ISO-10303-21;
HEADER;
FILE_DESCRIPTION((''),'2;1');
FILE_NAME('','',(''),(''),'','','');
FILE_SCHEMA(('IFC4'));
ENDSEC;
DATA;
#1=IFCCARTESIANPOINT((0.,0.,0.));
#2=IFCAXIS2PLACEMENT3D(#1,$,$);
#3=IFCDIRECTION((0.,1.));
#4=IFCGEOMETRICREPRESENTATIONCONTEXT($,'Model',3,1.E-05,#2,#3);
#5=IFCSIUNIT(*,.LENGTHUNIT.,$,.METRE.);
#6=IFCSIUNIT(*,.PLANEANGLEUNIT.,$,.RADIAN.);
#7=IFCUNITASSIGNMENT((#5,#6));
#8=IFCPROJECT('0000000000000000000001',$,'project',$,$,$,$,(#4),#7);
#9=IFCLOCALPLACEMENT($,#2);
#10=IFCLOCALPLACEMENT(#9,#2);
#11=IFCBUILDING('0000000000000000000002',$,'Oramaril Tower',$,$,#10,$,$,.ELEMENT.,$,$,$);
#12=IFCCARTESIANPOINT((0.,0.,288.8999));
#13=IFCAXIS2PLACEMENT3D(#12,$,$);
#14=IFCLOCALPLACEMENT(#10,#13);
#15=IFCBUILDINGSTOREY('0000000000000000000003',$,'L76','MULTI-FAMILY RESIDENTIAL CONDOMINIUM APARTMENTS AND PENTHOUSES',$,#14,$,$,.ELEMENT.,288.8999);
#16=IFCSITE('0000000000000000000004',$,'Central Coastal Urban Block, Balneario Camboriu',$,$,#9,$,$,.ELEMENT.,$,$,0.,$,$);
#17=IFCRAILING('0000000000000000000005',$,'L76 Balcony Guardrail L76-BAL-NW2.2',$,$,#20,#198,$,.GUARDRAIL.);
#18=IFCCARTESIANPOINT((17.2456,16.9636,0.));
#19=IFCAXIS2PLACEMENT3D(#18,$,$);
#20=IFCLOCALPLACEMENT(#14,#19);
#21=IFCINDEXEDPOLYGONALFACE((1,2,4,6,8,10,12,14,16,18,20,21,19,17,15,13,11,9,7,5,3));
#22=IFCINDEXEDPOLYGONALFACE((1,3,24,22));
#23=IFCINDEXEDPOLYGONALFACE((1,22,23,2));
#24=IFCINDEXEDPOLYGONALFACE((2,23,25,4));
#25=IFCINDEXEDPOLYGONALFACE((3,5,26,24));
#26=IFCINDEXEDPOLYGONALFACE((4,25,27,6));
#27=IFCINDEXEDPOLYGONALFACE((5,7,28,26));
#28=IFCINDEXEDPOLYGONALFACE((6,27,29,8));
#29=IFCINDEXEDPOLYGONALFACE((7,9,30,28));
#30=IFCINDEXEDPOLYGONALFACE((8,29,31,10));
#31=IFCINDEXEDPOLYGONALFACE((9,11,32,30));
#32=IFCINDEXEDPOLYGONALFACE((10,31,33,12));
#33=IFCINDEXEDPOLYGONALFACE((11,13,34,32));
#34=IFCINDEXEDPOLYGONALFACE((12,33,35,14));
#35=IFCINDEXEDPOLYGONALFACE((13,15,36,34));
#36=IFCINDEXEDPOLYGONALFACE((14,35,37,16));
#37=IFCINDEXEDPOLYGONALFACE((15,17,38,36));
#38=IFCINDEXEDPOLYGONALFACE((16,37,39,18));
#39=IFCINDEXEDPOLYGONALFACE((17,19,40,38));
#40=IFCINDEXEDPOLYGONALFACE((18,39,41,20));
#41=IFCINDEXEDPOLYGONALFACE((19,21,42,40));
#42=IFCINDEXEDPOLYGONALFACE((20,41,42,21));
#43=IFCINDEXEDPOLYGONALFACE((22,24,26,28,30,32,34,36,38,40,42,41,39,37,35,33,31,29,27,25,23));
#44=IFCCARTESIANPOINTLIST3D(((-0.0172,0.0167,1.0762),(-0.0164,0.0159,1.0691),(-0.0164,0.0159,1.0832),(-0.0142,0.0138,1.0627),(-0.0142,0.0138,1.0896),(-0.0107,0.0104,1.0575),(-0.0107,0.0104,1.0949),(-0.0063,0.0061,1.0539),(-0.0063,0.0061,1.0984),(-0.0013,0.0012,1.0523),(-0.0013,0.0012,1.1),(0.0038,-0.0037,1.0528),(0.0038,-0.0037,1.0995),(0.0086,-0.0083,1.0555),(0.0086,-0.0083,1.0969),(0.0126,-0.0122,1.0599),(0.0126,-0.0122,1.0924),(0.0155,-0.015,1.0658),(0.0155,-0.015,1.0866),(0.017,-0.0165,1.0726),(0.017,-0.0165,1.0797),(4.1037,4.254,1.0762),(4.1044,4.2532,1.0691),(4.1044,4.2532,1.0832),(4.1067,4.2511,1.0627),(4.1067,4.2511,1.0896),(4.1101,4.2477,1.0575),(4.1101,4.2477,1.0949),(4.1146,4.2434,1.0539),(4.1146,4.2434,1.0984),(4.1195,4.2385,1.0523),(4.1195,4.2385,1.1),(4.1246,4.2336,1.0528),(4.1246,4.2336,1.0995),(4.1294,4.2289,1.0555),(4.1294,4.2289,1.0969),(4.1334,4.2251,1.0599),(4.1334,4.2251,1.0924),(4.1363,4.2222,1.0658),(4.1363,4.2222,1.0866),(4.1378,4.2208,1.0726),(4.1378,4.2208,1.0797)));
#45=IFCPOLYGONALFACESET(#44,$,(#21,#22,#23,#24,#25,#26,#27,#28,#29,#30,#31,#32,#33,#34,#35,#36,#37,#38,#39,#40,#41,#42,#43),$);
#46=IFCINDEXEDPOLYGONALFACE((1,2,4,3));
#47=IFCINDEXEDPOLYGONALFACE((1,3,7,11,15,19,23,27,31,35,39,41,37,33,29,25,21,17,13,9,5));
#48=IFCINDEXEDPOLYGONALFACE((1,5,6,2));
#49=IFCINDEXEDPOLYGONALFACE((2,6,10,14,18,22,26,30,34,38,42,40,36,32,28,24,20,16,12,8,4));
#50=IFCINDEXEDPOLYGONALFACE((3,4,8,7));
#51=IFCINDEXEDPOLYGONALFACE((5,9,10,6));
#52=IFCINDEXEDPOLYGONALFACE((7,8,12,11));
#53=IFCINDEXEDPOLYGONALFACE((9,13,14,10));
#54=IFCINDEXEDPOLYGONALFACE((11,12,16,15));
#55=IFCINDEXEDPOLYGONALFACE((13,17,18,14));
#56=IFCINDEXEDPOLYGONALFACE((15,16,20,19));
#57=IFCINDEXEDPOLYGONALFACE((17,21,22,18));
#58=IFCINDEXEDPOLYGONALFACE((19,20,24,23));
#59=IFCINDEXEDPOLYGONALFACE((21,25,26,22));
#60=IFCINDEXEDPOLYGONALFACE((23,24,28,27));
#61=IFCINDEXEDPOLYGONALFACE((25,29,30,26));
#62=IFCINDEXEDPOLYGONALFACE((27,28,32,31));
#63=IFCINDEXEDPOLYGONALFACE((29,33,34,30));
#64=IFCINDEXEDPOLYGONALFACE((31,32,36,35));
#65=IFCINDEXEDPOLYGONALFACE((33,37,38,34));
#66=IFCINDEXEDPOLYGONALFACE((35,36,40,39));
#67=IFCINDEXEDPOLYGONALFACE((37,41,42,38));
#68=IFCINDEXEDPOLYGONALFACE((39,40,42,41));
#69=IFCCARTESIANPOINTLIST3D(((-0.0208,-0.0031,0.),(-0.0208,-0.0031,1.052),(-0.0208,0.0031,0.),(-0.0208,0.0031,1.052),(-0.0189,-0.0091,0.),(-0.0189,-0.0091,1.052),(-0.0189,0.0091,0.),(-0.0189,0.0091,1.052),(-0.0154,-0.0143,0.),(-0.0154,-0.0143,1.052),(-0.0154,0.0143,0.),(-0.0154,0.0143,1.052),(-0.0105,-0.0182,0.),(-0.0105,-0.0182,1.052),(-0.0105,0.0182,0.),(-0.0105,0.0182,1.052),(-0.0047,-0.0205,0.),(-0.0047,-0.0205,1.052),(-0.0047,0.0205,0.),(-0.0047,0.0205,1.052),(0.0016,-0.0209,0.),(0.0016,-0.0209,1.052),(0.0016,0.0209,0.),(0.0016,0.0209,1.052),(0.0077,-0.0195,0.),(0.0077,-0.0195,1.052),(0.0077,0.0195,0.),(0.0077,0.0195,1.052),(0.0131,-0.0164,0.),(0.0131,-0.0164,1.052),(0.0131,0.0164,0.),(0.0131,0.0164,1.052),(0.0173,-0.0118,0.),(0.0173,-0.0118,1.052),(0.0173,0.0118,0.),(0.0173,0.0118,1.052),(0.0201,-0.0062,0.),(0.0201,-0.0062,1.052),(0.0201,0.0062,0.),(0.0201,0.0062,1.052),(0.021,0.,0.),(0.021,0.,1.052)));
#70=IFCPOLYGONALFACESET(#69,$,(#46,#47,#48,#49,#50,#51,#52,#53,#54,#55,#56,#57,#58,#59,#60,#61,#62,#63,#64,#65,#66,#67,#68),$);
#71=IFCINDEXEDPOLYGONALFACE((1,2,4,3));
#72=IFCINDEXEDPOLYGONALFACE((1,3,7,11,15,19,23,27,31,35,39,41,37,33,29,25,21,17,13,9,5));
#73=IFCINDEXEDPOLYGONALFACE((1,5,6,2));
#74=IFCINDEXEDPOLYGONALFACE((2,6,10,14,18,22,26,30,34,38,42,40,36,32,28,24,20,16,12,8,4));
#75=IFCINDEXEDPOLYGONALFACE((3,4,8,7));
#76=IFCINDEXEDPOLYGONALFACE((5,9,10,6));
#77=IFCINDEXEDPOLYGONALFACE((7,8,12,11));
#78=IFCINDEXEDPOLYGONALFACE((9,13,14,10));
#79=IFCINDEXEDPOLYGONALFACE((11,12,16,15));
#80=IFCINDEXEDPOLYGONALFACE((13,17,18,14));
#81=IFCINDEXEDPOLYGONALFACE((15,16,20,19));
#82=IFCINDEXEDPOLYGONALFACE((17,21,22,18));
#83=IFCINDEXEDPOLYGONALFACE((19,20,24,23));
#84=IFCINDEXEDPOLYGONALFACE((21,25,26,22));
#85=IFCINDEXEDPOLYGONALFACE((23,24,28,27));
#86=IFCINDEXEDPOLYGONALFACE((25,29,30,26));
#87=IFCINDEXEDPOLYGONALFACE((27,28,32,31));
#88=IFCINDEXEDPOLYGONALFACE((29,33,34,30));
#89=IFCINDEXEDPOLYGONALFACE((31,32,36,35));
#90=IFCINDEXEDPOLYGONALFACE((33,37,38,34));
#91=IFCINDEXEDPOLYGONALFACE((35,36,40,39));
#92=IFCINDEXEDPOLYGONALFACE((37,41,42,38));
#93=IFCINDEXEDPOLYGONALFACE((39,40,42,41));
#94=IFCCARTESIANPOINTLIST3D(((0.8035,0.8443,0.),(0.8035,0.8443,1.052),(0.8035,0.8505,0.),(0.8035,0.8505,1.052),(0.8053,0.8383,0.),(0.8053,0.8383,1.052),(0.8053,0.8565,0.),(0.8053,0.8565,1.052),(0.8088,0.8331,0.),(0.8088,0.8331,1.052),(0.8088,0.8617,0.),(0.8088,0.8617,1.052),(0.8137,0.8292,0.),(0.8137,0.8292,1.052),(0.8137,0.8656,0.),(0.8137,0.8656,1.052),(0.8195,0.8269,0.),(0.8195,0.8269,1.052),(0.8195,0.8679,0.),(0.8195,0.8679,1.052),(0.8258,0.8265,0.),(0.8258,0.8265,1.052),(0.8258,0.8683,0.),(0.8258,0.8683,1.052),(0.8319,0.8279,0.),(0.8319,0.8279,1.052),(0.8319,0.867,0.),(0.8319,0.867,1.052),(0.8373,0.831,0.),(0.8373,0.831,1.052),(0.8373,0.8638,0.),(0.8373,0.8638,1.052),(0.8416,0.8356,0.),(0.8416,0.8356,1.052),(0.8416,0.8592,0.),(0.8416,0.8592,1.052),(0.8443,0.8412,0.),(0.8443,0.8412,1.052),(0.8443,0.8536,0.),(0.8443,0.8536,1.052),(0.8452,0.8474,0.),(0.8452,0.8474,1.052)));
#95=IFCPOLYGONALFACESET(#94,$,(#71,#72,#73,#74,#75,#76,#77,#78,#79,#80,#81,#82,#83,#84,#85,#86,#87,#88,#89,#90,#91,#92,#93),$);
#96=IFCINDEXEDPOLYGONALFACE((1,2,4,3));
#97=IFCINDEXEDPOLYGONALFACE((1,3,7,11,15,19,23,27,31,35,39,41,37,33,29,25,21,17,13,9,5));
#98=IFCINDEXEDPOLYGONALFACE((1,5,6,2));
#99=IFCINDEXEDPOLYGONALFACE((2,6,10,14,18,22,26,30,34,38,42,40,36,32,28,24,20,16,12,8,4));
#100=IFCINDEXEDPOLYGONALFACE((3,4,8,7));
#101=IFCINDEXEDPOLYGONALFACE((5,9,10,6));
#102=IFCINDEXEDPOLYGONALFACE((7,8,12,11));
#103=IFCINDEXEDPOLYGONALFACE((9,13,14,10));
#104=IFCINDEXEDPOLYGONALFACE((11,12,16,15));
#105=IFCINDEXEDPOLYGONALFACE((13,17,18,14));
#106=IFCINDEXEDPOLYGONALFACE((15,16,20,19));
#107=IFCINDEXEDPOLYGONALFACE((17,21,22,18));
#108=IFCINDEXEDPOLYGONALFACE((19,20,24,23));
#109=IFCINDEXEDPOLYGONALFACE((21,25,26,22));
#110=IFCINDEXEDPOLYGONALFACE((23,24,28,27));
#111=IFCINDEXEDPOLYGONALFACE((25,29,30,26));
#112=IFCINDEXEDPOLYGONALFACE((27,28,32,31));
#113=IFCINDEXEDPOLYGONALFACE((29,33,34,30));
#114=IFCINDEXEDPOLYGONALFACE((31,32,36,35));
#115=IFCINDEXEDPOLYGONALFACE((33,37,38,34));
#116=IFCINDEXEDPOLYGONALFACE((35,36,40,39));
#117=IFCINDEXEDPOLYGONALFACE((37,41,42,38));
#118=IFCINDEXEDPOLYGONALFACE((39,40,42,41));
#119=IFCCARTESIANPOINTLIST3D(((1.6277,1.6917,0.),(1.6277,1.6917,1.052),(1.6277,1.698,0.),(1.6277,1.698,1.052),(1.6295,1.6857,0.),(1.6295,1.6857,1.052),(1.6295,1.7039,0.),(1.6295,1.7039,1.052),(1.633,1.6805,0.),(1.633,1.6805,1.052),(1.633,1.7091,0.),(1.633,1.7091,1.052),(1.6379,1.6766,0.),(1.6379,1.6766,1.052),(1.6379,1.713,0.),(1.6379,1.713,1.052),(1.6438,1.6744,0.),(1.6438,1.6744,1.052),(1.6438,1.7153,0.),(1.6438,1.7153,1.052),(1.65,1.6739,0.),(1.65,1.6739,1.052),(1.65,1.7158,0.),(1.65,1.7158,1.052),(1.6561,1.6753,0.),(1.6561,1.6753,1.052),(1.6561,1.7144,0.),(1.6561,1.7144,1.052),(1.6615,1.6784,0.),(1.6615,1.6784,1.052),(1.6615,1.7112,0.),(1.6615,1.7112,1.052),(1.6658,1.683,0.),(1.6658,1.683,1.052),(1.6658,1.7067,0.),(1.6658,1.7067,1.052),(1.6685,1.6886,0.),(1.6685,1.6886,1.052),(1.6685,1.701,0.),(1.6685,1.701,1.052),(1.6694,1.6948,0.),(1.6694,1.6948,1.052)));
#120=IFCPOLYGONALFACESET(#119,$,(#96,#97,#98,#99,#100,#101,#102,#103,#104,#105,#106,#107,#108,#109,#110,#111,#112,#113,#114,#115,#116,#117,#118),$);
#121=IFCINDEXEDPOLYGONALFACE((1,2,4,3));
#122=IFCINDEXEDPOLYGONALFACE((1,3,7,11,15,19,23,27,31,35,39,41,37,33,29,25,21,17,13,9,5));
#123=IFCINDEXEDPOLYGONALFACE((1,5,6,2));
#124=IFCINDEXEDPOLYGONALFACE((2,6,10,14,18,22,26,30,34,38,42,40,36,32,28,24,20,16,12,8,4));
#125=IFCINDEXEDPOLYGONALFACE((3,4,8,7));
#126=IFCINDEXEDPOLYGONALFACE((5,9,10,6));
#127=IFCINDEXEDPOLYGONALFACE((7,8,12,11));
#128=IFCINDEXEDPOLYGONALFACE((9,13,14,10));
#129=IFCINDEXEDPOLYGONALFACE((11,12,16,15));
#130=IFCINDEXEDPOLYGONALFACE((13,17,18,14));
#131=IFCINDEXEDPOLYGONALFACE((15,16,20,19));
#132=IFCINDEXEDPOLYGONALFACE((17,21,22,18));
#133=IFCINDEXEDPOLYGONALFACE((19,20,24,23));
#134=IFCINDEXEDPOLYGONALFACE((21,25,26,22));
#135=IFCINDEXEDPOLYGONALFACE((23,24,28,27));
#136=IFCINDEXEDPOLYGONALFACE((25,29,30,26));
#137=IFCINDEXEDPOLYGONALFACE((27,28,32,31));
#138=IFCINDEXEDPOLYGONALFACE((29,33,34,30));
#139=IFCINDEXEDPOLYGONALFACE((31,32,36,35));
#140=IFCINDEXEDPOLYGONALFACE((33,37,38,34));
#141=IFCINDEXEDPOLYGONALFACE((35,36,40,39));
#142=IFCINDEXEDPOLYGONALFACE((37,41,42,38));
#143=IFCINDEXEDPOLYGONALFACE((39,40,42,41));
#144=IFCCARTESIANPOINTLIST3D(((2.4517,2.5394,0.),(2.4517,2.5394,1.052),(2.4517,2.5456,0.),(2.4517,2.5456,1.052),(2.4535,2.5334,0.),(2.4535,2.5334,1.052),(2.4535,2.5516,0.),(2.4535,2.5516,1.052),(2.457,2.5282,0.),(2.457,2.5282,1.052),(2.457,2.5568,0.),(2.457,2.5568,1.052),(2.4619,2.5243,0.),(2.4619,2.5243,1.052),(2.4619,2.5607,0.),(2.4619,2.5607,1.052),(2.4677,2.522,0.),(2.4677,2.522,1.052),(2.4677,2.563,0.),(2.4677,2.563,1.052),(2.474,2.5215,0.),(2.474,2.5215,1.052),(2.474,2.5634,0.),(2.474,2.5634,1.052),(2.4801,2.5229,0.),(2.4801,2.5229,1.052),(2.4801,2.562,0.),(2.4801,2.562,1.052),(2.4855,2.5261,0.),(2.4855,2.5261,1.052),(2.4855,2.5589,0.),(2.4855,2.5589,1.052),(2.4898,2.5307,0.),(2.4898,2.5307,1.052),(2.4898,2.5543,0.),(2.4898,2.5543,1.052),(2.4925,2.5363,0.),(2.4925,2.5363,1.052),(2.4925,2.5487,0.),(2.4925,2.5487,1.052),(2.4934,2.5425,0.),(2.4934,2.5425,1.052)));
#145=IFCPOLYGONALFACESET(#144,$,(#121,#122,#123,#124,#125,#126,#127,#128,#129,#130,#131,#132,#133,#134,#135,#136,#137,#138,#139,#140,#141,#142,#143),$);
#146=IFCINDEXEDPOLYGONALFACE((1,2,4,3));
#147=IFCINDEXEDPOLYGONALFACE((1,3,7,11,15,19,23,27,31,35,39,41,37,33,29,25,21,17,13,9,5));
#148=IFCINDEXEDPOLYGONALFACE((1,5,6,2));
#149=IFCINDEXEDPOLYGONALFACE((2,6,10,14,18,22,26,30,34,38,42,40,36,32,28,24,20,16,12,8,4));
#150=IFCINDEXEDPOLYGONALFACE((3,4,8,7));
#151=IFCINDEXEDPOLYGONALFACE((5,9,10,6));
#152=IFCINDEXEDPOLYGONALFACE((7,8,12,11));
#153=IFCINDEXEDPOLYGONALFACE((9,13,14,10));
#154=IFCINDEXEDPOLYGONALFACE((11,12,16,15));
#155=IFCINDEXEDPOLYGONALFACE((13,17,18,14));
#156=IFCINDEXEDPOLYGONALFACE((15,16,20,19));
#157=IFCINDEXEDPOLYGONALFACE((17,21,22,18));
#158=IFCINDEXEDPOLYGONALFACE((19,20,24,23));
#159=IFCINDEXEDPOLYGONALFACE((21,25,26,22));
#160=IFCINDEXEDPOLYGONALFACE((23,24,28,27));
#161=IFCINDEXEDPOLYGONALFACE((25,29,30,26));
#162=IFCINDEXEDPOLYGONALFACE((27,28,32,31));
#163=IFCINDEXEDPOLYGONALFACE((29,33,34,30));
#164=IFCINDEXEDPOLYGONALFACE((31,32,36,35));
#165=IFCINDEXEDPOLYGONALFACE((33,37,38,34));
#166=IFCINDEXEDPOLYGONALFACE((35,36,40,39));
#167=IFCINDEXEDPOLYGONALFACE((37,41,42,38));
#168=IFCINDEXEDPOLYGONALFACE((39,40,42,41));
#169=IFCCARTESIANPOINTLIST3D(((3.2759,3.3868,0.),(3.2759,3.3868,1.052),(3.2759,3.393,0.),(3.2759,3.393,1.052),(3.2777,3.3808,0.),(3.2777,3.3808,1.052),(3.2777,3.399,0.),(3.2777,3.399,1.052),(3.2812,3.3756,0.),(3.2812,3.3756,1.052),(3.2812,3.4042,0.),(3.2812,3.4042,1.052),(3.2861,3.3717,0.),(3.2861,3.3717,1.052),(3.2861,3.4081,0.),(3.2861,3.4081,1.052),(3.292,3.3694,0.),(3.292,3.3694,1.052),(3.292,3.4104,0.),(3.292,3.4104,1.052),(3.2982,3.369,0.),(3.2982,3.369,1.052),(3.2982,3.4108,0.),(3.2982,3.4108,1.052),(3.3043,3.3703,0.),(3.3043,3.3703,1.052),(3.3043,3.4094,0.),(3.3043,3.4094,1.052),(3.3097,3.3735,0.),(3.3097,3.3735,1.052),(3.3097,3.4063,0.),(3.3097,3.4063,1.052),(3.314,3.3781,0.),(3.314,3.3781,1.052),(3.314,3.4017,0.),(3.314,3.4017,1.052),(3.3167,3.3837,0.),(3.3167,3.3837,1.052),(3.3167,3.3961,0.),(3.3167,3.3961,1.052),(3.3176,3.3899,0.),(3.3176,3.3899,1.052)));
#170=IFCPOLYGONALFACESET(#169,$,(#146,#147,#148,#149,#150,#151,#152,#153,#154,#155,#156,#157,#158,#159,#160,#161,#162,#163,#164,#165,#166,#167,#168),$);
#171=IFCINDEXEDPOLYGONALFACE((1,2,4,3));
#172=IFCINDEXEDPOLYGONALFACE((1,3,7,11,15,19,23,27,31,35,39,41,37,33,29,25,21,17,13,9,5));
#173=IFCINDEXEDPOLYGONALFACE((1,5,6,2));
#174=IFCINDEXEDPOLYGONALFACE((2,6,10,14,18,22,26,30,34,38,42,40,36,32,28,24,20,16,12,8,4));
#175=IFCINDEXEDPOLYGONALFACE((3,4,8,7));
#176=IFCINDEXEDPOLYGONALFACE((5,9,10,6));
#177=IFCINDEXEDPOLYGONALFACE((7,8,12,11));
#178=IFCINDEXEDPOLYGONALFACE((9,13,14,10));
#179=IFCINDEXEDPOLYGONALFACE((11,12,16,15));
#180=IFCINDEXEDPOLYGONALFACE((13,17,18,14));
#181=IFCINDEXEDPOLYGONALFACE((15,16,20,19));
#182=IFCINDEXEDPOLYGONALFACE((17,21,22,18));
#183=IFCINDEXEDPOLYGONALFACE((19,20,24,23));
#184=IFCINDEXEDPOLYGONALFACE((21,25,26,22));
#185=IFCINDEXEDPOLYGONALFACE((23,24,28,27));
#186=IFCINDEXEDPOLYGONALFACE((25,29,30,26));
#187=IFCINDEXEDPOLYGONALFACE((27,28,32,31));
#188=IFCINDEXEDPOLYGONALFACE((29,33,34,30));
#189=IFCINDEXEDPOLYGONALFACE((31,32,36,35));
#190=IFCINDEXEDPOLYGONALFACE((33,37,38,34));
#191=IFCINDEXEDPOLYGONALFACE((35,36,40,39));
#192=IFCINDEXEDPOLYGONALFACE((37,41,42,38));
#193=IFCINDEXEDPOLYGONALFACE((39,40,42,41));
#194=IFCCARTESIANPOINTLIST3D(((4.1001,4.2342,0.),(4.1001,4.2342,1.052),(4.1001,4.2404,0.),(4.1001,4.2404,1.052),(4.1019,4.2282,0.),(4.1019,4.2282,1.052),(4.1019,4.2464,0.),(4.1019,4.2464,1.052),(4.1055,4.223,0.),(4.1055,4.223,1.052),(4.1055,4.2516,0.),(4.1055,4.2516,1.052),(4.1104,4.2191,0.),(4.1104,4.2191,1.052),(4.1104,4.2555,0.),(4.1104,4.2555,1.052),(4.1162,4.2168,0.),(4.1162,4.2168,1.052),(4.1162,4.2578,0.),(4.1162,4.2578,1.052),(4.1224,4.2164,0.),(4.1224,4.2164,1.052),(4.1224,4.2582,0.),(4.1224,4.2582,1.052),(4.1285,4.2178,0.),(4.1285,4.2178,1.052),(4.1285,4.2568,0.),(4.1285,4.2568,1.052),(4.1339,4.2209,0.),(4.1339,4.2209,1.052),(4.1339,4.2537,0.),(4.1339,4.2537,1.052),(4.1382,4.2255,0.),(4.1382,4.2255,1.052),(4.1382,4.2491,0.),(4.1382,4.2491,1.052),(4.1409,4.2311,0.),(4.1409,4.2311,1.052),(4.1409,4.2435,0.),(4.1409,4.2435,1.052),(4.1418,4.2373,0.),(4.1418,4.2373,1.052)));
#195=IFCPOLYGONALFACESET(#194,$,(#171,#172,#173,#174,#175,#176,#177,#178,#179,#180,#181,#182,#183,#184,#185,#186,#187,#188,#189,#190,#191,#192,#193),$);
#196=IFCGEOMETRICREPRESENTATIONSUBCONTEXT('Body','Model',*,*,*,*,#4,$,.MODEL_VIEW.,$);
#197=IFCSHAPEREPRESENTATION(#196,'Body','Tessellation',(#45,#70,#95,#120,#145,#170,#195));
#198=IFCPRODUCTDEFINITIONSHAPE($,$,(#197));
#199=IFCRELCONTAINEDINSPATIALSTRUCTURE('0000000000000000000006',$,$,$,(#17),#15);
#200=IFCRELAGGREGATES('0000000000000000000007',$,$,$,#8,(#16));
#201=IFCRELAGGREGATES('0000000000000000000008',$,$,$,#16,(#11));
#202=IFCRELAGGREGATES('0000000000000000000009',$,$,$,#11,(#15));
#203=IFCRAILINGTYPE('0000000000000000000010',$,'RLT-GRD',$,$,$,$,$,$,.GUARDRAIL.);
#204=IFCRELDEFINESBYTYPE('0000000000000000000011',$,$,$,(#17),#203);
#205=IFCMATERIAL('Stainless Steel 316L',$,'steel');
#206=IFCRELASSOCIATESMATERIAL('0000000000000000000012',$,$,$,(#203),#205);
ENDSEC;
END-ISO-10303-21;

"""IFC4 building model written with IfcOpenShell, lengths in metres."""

from ifc_helpers import new_model, si_unit, direction, frame, origin, origin_2d, place, context, subcontext, project, spatial, circle, extrude, material, type_object, element, save


model = new_model("IFC4")

# Units and contexts
model_context = context("Model", 3, precision=1e-05, world=origin(), true_north=direction((0.0, 1.0)))
body_context = subcontext(model_context, "Body", "Model", "MODEL_VIEW")
ifc_project = project(units=[si_unit("LENGTHUNIT", "METRE"), si_unit("PLANEANGLEUNIT", "RADIAN")], contexts=[model_context])

# Site, building, storey
site_placement = place(None, origin())
site = spatial("IfcSite", under=ifc_project, at=site_placement, Name="Central Coastal Urban Block, Balneario Camboriu", CompositionType="ELEMENT", RefElevation=0.0)
building_placement = place(site_placement, origin())
building = spatial("IfcBuilding", under=site, at=building_placement, Name="Oramaril Tower", CompositionType="ELEMENT")
storey_placement = place(building_placement, frame((0.0, 0.0, 288.8999)))
storey = spatial("IfcBuildingStorey", under=building, at=storey_placement, Name="L76", Description="MULTI-FAMILY RESIDENTIAL CONDOMINIUM APARTMENTS AND PENTHOUSES", CompositionType="ELEMENT", Elevation=288.8999)

# Railing
ifc_material_1 = material(Name="Stainless Steel 316L", Category="steel")
railing_type = type_object("IfcRailingType", Name="RLT-GRD", PredefinedType="GUARDRAIL", material=ifc_material_1)
railing_1_placement = place(storey_placement, frame((17.2456, 16.9636, 0.0)))
element("IfcRailing", 1, at=railing_1_placement, inside=storey, type_object=railing_type, Name="L76 Balcony Guardrail L76-BAL-NW2.2", PredefinedType="GUARDRAIL", context=body_context, shape_type="SweptSolid", body=[
    extrude(circle(Radius=0.0239, at=origin_2d()), frame((0.0, 0.0, 1.0762), z_axis=(0.697187, 0.716889, 0.0), x_axis=(-0.716889, 0.697187, 0.0)), (0.0, 0.0, 1.0), 5.9106),
    extrude(circle(Radius=0.021, at=origin_2d()), origin(), (0.0, 0.0, 1.0), 1.052),
    extrude(circle(Radius=0.021, at=origin_2d()), frame((0.8242, 0.8474, 0.0)), (0.0, 0.0, 1.0), 1.052),
    extrude(circle(Radius=0.021, at=origin_2d()), frame((1.6484, 1.6948, 0.0)), (0.0, 0.0, 1.0), 1.052),
    extrude(circle(Radius=0.021, at=origin_2d()), frame((2.4724, 2.5425, 0.0)), (0.0, 0.0, 1.0), 1.052),
    extrude(circle(Radius=0.021, at=origin_2d()), frame((3.2966, 3.3899, 0.0)), (0.0, 0.0, 1.0), 1.052),
    extrude(circle(Radius=0.021, at=origin_2d()), frame((4.1208, 4.2373, 0.0)), (0.0, 0.0, 1.0), 1.052),
])

save(model, "model.ifc")
